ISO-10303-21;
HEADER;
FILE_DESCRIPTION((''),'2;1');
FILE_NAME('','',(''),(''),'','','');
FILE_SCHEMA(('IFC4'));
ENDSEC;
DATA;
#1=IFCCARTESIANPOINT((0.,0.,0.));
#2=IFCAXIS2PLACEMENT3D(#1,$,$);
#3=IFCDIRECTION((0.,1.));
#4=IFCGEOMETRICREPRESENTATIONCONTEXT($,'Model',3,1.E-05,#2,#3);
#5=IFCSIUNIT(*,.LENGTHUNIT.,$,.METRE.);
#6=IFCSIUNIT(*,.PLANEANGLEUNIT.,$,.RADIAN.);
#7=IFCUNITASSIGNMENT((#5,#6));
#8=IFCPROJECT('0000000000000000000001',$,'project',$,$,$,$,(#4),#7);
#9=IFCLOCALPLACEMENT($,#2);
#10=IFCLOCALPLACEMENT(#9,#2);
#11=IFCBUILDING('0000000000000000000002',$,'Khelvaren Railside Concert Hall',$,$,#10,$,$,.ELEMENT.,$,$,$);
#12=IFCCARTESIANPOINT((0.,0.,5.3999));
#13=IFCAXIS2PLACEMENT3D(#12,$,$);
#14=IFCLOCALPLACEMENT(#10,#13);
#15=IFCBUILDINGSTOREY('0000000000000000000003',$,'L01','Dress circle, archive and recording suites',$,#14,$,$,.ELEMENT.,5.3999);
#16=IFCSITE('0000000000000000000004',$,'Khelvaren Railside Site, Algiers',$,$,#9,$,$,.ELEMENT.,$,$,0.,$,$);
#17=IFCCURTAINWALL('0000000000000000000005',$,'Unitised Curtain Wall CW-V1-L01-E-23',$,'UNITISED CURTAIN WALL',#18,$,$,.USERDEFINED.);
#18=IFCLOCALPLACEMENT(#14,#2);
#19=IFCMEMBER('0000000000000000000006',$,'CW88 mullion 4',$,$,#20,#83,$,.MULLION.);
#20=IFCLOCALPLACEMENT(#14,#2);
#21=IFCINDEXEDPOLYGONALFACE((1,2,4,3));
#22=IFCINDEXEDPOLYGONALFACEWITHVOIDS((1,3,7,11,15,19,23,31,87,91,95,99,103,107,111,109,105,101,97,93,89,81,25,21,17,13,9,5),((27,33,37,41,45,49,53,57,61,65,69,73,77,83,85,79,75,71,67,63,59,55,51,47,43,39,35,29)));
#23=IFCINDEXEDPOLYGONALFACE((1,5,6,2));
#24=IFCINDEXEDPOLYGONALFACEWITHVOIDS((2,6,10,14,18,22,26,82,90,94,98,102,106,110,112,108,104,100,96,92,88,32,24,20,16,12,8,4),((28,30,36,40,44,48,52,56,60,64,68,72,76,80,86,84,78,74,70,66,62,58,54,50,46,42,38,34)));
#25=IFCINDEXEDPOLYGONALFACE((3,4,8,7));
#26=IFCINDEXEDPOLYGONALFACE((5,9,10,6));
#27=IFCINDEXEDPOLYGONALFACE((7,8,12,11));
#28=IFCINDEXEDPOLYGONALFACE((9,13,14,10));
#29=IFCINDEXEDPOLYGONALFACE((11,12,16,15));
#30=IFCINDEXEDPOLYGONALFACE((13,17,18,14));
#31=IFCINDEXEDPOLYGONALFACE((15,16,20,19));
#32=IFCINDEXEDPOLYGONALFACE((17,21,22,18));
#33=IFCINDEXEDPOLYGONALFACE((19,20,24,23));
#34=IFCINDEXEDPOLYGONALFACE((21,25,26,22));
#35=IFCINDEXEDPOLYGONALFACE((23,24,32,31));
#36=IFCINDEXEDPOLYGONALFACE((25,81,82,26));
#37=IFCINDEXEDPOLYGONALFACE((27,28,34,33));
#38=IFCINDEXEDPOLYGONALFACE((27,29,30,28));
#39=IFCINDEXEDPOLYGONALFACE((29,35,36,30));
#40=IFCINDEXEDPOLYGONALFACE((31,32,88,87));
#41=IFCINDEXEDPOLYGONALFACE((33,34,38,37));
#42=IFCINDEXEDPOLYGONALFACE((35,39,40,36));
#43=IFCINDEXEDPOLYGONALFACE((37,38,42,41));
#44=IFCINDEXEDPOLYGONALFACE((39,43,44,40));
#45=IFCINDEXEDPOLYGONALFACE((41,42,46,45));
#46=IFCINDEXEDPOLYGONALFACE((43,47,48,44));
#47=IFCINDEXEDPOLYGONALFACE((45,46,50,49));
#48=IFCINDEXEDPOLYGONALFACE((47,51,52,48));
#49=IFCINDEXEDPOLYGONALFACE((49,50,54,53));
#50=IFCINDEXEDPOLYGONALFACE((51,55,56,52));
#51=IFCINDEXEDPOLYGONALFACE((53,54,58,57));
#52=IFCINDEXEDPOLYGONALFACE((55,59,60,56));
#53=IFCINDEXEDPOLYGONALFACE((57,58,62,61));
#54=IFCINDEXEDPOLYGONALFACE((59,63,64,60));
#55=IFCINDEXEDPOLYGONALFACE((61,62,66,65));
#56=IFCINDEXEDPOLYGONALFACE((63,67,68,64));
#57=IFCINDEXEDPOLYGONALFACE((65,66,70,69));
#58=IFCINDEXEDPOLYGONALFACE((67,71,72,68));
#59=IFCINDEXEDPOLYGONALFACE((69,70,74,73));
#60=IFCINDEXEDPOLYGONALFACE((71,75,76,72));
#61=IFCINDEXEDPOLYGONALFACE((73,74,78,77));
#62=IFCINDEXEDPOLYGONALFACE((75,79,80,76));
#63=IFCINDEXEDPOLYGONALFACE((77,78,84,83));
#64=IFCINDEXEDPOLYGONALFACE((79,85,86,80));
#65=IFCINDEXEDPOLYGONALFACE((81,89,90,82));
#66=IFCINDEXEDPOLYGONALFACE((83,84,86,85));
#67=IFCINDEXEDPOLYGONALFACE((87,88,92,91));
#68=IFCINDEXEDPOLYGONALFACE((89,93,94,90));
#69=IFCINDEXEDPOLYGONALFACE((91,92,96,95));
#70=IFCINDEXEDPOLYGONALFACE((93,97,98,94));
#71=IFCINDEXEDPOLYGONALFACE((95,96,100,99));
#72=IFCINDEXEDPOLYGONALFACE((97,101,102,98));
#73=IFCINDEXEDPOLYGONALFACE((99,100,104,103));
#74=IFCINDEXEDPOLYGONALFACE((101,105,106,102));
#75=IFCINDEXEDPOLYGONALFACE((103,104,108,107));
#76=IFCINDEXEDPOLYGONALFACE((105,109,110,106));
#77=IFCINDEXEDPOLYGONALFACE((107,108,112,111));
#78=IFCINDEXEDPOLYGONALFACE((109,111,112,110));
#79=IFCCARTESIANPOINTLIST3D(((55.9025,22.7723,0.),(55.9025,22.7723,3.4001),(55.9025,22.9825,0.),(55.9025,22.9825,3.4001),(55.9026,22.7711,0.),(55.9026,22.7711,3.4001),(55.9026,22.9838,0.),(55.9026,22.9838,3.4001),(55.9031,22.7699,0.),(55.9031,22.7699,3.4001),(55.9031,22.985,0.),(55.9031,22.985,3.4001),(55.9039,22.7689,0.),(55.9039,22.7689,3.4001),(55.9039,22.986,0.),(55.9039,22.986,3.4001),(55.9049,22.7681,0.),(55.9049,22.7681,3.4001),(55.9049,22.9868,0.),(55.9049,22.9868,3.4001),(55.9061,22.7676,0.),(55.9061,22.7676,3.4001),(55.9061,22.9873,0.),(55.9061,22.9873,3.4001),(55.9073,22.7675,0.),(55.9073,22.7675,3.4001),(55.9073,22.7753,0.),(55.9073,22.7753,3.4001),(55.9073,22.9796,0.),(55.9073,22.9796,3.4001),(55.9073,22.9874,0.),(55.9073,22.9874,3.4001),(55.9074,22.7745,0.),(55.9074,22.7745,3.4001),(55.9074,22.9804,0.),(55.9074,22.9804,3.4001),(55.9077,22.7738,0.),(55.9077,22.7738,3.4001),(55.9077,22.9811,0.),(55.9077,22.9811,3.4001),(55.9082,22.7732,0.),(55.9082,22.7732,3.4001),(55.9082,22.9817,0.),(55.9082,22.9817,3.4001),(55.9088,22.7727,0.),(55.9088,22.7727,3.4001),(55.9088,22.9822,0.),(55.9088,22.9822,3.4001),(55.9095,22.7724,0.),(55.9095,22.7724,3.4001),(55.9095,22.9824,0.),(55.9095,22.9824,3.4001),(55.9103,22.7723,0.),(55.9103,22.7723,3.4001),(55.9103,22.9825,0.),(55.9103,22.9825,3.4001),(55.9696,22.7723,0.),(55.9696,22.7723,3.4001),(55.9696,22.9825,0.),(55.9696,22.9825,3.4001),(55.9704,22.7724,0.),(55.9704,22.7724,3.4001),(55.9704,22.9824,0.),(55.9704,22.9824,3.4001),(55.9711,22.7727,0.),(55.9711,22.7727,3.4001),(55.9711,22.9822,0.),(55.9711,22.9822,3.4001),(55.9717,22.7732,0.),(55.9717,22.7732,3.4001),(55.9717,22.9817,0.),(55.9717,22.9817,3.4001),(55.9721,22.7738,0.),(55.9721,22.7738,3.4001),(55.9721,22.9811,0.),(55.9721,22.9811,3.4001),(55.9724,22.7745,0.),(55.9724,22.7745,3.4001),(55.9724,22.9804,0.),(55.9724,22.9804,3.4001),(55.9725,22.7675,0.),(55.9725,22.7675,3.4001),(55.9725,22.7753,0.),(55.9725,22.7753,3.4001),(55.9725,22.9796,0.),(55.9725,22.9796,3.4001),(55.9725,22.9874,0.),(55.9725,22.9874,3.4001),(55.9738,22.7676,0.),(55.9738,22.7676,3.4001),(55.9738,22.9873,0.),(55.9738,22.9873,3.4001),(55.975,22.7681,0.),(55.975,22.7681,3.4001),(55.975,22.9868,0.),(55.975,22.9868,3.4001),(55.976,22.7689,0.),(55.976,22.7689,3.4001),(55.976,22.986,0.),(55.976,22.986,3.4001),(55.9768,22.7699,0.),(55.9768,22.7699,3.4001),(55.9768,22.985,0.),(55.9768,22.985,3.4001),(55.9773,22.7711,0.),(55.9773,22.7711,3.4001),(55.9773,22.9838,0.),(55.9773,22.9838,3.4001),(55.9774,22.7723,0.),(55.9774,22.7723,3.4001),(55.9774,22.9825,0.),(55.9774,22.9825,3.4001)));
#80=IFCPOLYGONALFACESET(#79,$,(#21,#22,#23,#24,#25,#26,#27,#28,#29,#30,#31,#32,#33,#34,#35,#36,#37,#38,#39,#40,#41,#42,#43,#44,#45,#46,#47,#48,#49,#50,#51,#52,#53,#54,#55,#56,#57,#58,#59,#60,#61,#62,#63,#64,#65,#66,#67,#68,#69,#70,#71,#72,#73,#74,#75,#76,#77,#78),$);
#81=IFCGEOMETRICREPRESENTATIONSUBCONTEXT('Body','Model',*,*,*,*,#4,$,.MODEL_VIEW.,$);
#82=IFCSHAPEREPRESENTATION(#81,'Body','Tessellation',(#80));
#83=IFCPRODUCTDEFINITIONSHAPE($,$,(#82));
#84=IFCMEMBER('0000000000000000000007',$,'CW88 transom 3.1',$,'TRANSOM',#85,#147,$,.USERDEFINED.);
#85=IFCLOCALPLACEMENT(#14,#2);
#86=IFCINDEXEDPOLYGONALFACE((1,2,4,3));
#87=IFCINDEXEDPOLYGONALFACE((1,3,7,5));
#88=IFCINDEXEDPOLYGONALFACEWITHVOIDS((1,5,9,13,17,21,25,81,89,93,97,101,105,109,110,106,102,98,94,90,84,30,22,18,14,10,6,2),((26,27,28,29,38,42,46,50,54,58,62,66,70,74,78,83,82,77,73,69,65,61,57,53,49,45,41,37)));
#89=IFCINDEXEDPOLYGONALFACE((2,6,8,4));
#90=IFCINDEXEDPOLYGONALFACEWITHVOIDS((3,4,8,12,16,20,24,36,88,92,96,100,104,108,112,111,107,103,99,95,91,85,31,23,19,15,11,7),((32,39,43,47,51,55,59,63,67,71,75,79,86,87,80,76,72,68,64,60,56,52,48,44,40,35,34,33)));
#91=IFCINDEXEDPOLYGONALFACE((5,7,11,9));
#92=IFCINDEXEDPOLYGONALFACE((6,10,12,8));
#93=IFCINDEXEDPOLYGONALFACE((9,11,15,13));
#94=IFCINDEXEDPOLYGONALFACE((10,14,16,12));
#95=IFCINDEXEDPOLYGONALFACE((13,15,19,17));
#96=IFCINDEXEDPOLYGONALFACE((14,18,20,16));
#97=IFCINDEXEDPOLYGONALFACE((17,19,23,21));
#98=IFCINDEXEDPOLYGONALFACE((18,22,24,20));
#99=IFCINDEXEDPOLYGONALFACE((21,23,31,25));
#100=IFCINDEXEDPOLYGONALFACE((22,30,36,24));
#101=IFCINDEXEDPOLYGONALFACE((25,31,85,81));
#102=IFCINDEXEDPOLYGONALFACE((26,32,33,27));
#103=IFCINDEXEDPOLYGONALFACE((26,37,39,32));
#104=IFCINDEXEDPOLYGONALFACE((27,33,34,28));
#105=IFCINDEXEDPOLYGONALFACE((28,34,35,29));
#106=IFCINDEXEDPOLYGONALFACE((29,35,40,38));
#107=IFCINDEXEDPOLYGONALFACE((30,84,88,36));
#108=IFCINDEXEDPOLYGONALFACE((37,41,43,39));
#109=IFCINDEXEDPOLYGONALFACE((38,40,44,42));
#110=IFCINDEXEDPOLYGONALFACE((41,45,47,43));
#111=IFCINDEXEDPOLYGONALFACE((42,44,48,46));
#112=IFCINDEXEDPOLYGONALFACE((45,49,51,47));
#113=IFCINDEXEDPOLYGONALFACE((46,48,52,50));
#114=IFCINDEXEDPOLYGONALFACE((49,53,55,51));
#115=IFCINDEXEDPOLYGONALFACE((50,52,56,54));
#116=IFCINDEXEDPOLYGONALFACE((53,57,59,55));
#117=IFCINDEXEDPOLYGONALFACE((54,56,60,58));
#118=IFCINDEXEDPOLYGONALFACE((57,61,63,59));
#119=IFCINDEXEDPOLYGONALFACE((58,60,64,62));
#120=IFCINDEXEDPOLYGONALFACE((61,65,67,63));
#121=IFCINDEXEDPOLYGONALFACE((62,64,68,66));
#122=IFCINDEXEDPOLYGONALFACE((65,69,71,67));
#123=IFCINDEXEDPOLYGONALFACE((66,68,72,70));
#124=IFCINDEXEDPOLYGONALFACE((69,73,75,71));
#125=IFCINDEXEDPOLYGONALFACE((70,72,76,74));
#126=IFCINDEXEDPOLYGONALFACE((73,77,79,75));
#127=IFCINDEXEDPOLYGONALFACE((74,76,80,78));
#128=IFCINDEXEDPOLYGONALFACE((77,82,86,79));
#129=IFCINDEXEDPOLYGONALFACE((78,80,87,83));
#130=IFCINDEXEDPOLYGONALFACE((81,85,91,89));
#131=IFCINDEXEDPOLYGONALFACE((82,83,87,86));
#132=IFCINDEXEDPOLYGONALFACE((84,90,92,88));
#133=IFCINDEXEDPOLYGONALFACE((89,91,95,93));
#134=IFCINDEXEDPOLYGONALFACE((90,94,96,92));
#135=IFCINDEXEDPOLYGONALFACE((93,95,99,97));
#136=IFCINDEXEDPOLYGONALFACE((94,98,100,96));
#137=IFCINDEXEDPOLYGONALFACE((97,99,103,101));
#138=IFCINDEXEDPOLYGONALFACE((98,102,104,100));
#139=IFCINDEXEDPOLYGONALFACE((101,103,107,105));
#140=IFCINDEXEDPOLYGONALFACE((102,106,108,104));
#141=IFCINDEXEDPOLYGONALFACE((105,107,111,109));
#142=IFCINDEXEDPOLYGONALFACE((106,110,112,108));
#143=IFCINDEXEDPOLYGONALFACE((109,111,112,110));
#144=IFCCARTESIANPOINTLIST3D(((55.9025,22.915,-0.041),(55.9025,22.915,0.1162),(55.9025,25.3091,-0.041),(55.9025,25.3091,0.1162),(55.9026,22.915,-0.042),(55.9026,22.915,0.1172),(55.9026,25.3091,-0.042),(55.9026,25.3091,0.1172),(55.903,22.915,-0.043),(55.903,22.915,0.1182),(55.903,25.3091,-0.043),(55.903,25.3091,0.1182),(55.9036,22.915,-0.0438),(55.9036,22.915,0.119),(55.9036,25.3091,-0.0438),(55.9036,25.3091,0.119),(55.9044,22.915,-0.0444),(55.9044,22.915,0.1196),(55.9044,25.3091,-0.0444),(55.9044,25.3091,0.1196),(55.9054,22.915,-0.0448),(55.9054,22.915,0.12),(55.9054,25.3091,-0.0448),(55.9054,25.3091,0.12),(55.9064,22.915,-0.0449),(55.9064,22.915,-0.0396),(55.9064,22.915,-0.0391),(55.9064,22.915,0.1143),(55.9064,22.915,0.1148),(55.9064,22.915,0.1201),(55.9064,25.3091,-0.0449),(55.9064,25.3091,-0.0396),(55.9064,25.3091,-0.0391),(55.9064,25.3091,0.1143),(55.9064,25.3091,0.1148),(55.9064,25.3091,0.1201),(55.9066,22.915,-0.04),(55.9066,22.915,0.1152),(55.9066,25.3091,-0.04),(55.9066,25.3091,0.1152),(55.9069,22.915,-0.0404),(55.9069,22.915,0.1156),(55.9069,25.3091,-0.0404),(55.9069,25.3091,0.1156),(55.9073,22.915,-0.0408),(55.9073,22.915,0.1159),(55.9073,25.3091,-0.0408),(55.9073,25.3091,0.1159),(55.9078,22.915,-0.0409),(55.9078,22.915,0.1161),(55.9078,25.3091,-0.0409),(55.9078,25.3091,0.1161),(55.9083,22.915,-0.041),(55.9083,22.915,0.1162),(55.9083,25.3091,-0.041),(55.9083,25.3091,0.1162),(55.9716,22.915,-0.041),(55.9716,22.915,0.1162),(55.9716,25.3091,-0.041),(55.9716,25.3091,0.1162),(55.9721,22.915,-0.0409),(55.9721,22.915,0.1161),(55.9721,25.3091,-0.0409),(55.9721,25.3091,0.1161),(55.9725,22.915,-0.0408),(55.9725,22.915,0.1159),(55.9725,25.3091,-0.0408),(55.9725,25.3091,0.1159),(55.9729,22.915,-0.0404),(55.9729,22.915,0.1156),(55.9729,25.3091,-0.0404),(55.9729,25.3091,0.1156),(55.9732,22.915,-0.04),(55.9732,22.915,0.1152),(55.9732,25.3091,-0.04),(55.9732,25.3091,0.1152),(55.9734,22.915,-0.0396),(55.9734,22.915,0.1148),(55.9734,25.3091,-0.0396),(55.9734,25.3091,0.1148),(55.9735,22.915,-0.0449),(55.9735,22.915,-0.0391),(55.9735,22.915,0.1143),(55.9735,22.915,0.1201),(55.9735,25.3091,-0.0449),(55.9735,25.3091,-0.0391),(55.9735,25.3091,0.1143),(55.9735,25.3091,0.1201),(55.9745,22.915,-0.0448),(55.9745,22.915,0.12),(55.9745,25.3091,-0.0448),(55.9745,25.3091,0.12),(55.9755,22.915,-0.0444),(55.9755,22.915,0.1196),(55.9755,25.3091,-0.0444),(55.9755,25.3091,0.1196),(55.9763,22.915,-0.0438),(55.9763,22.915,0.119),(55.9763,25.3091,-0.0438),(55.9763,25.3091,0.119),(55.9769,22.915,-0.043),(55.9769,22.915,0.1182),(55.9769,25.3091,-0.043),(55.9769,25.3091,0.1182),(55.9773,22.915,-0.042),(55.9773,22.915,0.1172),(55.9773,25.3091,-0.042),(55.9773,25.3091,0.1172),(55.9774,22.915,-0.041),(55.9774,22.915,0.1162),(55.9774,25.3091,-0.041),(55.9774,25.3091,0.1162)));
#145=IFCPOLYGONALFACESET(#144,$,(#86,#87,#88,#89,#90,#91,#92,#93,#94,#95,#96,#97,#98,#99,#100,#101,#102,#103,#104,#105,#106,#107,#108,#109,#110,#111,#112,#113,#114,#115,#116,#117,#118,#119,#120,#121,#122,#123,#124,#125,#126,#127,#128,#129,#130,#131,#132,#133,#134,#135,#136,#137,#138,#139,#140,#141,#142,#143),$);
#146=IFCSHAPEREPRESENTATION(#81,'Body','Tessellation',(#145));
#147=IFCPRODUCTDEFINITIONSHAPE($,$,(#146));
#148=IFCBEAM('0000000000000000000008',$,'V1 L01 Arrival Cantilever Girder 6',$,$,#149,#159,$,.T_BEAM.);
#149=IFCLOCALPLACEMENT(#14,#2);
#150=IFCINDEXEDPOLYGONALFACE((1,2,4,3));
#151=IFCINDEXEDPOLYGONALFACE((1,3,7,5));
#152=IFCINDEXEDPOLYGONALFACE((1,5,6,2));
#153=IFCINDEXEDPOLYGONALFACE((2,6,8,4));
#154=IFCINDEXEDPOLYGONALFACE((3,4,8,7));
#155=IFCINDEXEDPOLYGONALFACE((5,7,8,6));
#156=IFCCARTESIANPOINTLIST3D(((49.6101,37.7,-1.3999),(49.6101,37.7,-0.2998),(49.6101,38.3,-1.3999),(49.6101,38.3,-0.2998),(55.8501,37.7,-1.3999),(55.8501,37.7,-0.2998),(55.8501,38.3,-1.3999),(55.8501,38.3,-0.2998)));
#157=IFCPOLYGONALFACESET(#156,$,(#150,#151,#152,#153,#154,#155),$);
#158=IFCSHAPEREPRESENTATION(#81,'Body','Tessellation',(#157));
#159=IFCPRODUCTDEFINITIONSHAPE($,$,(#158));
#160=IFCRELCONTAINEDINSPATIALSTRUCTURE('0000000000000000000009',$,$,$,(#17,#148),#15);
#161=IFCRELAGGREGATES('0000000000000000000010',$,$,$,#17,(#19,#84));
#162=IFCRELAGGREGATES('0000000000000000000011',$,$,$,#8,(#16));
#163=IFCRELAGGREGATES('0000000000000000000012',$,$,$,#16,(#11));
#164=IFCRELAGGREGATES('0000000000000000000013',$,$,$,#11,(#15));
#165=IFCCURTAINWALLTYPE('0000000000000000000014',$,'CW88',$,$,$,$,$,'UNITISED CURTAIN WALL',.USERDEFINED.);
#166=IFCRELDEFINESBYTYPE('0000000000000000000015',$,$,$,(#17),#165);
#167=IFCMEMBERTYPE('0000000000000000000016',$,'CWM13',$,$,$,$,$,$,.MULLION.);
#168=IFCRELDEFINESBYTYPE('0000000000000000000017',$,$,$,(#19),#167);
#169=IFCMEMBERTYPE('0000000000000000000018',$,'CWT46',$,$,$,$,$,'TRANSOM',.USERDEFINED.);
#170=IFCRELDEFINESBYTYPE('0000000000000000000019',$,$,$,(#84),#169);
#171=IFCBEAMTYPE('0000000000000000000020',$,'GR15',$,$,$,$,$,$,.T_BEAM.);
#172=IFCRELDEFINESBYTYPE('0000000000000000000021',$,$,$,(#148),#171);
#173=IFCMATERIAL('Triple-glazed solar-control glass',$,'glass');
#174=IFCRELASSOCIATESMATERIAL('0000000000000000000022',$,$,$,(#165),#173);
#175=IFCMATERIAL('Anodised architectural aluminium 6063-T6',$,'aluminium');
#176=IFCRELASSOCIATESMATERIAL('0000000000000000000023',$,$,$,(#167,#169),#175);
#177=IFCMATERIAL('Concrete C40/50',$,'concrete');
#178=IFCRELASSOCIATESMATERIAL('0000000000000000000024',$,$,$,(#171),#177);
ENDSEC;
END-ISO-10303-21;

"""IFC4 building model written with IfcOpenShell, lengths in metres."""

from ifc_helpers import new_model, si_unit, direction, frame, origin, origin_2d, place, context, subcontext, project, spatial, rectangle, hollow_rectangle, extrude, material, material_profile, profile_set, type_object, element, aggregate, save


model = new_model("IFC4")

# Units and contexts
model_context = context("Model", 3, precision=1e-05, world=origin(), true_north=direction((0.0, 1.0)))
body_context = subcontext(model_context, "Body", "Model", "MODEL_VIEW")
ifc_project = project(units=[si_unit("LENGTHUNIT", "METRE"), si_unit("PLANEANGLEUNIT", "RADIAN")], contexts=[model_context])

# Site, building, storey
site_placement = place(None, origin())
site = spatial("IfcSite", under=ifc_project, at=site_placement, Name="Khelvaren Railside Site, Algiers", CompositionType="ELEMENT", RefElevation=0.0)
building_placement = place(site_placement, origin())
building = spatial("IfcBuilding", under=site, at=building_placement, Name="Khelvaren Railside Concert Hall", CompositionType="ELEMENT")
storey_placement = place(building_placement, frame((0.0, 0.0, 5.3999)))
storey = spatial("IfcBuildingStorey", under=building, at=storey_placement, Name="L01", Description="Dress circle, archive and recording suites", CompositionType="ELEMENT", Elevation=5.3999)

# Curtain wall, members
ifc_material_1 = material(Name="Triple-glazed solar-control glass", Category="glass")
curtain_wall_type = type_object("IfcCurtainWallType", Name="CW88", ElementType="UNITISED CURTAIN WALL", PredefinedType="USERDEFINED", material=ifc_material_1)
curtain_wall_placement = place(storey_placement, origin())
curtain_wall = element("IfcCurtainWall", 1, at=curtain_wall_placement, inside=storey, type_object=curtain_wall_type, Name="Unitised Curtain Wall CW-V1-L01-E-23", ObjectType="UNITISED CURTAIN WALL", PredefinedType="USERDEFINED")
ifc_material_2 = material(Name="Anodised architectural aluminium 6063-T6", Category="aluminium")
ifc_material_profile_1 = material_profile(ifc_material_2, hollow_rectangle(XDim=0.075, YDim=0.22, WallThickness=0.0049, InnerFilletRadius=0.0029, OuterFilletRadius=0.0049, at=origin_2d()), Name="CWM 75x220x5")
ifc_profile_set_1 = profile_set([ifc_material_profile_1], Name="Anodised architectural aluminium 6063-T6")
member_type_1 = type_object("IfcMemberType", Name="CWM13", PredefinedType="MULLION", material=ifc_profile_set_1)
member_1_placement = place(storey_placement, frame((55.9399, 22.8774, 0.0), z_axis=(0.0, 0.0, 1.0), x_axis=(1.0, 0.0, 0.0)))
member_1 = element("IfcMember", 2, at=member_1_placement, type_object=member_type_1, Name="CW88 mullion 4", PredefinedType="MULLION", context=body_context, shape_type="SweptSolid", body=[
    extrude(hollow_rectangle(XDim=0.075, YDim=0.22, WallThickness=0.0049, InnerFilletRadius=0.0029, OuterFilletRadius=0.0049, at=origin_2d()), origin(), (0.0, 0.0, 1.0), 3.4001),
])
ifc_material_profile_2 = material_profile(ifc_material_2, hollow_rectangle(XDim=0.075, YDim=0.165, WallThickness=0.0039, InnerFilletRadius=0.002, OuterFilletRadius=0.0039, at=origin_2d()), Name="CWT 75x165x4")
ifc_profile_set_2 = profile_set([ifc_material_profile_2], Name="Anodised architectural aluminium 6063-T6")
member_type_2 = type_object("IfcMemberType", Name="CWT46", ElementType="TRANSOM", PredefinedType="USERDEFINED", material=ifc_profile_set_2)
member_2_placement = place(storey_placement, frame((55.9399, 25.3091, 0.0376), z_axis=(0.0, -1.0, 0.0), x_axis=(1.0, 0.0, 0.0)))
member_2 = element("IfcMember", 3, at=member_2_placement, type_object=member_type_2, Name="CW88 transom 3.1", ObjectType="TRANSOM", PredefinedType="USERDEFINED", context=body_context, shape_type="SweptSolid", body=[
    extrude(hollow_rectangle(XDim=0.075, YDim=0.165, WallThickness=0.0039, InnerFilletRadius=0.002, OuterFilletRadius=0.0039, at=origin_2d()), origin(), (0.0, 0.0, 1.0), 2.394),
])

# Beam
ifc_material_3 = material(Name="Concrete C40/50", Category="concrete")
ifc_material_profile_3 = material_profile(ifc_material_3, rectangle(XDim=0.6001, YDim=1.1001, at=origin_2d()), Name="RCB 600x1100")
ifc_profile_set_3 = profile_set([ifc_material_profile_3], Name="Concrete C40/50")
beam_type_1 = type_object("IfcBeamType", Name="GR15", PredefinedType="T_BEAM", material=ifc_profile_set_3)
beam_1_placement = place(storey_placement, frame((49.6101, 38.0, -0.8499), z_axis=(1.0, 0.0, 0.0), x_axis=(0.0, 1.0, 0.0)))
element("IfcBeam", 4, at=beam_1_placement, inside=storey, type_object=beam_type_1, Name="V1 L01 Arrival Cantilever Girder 6", PredefinedType="T_BEAM", context=body_context, shape_type="SweptSolid", body=[
    extrude(rectangle(XDim=0.6001, YDim=1.1001, at=origin_2d()), origin(), (0.0, 0.0, 1.0), 6.24),
])

aggregate(curtain_wall, [member_1, member_2])

save(model, "model.ifc")
